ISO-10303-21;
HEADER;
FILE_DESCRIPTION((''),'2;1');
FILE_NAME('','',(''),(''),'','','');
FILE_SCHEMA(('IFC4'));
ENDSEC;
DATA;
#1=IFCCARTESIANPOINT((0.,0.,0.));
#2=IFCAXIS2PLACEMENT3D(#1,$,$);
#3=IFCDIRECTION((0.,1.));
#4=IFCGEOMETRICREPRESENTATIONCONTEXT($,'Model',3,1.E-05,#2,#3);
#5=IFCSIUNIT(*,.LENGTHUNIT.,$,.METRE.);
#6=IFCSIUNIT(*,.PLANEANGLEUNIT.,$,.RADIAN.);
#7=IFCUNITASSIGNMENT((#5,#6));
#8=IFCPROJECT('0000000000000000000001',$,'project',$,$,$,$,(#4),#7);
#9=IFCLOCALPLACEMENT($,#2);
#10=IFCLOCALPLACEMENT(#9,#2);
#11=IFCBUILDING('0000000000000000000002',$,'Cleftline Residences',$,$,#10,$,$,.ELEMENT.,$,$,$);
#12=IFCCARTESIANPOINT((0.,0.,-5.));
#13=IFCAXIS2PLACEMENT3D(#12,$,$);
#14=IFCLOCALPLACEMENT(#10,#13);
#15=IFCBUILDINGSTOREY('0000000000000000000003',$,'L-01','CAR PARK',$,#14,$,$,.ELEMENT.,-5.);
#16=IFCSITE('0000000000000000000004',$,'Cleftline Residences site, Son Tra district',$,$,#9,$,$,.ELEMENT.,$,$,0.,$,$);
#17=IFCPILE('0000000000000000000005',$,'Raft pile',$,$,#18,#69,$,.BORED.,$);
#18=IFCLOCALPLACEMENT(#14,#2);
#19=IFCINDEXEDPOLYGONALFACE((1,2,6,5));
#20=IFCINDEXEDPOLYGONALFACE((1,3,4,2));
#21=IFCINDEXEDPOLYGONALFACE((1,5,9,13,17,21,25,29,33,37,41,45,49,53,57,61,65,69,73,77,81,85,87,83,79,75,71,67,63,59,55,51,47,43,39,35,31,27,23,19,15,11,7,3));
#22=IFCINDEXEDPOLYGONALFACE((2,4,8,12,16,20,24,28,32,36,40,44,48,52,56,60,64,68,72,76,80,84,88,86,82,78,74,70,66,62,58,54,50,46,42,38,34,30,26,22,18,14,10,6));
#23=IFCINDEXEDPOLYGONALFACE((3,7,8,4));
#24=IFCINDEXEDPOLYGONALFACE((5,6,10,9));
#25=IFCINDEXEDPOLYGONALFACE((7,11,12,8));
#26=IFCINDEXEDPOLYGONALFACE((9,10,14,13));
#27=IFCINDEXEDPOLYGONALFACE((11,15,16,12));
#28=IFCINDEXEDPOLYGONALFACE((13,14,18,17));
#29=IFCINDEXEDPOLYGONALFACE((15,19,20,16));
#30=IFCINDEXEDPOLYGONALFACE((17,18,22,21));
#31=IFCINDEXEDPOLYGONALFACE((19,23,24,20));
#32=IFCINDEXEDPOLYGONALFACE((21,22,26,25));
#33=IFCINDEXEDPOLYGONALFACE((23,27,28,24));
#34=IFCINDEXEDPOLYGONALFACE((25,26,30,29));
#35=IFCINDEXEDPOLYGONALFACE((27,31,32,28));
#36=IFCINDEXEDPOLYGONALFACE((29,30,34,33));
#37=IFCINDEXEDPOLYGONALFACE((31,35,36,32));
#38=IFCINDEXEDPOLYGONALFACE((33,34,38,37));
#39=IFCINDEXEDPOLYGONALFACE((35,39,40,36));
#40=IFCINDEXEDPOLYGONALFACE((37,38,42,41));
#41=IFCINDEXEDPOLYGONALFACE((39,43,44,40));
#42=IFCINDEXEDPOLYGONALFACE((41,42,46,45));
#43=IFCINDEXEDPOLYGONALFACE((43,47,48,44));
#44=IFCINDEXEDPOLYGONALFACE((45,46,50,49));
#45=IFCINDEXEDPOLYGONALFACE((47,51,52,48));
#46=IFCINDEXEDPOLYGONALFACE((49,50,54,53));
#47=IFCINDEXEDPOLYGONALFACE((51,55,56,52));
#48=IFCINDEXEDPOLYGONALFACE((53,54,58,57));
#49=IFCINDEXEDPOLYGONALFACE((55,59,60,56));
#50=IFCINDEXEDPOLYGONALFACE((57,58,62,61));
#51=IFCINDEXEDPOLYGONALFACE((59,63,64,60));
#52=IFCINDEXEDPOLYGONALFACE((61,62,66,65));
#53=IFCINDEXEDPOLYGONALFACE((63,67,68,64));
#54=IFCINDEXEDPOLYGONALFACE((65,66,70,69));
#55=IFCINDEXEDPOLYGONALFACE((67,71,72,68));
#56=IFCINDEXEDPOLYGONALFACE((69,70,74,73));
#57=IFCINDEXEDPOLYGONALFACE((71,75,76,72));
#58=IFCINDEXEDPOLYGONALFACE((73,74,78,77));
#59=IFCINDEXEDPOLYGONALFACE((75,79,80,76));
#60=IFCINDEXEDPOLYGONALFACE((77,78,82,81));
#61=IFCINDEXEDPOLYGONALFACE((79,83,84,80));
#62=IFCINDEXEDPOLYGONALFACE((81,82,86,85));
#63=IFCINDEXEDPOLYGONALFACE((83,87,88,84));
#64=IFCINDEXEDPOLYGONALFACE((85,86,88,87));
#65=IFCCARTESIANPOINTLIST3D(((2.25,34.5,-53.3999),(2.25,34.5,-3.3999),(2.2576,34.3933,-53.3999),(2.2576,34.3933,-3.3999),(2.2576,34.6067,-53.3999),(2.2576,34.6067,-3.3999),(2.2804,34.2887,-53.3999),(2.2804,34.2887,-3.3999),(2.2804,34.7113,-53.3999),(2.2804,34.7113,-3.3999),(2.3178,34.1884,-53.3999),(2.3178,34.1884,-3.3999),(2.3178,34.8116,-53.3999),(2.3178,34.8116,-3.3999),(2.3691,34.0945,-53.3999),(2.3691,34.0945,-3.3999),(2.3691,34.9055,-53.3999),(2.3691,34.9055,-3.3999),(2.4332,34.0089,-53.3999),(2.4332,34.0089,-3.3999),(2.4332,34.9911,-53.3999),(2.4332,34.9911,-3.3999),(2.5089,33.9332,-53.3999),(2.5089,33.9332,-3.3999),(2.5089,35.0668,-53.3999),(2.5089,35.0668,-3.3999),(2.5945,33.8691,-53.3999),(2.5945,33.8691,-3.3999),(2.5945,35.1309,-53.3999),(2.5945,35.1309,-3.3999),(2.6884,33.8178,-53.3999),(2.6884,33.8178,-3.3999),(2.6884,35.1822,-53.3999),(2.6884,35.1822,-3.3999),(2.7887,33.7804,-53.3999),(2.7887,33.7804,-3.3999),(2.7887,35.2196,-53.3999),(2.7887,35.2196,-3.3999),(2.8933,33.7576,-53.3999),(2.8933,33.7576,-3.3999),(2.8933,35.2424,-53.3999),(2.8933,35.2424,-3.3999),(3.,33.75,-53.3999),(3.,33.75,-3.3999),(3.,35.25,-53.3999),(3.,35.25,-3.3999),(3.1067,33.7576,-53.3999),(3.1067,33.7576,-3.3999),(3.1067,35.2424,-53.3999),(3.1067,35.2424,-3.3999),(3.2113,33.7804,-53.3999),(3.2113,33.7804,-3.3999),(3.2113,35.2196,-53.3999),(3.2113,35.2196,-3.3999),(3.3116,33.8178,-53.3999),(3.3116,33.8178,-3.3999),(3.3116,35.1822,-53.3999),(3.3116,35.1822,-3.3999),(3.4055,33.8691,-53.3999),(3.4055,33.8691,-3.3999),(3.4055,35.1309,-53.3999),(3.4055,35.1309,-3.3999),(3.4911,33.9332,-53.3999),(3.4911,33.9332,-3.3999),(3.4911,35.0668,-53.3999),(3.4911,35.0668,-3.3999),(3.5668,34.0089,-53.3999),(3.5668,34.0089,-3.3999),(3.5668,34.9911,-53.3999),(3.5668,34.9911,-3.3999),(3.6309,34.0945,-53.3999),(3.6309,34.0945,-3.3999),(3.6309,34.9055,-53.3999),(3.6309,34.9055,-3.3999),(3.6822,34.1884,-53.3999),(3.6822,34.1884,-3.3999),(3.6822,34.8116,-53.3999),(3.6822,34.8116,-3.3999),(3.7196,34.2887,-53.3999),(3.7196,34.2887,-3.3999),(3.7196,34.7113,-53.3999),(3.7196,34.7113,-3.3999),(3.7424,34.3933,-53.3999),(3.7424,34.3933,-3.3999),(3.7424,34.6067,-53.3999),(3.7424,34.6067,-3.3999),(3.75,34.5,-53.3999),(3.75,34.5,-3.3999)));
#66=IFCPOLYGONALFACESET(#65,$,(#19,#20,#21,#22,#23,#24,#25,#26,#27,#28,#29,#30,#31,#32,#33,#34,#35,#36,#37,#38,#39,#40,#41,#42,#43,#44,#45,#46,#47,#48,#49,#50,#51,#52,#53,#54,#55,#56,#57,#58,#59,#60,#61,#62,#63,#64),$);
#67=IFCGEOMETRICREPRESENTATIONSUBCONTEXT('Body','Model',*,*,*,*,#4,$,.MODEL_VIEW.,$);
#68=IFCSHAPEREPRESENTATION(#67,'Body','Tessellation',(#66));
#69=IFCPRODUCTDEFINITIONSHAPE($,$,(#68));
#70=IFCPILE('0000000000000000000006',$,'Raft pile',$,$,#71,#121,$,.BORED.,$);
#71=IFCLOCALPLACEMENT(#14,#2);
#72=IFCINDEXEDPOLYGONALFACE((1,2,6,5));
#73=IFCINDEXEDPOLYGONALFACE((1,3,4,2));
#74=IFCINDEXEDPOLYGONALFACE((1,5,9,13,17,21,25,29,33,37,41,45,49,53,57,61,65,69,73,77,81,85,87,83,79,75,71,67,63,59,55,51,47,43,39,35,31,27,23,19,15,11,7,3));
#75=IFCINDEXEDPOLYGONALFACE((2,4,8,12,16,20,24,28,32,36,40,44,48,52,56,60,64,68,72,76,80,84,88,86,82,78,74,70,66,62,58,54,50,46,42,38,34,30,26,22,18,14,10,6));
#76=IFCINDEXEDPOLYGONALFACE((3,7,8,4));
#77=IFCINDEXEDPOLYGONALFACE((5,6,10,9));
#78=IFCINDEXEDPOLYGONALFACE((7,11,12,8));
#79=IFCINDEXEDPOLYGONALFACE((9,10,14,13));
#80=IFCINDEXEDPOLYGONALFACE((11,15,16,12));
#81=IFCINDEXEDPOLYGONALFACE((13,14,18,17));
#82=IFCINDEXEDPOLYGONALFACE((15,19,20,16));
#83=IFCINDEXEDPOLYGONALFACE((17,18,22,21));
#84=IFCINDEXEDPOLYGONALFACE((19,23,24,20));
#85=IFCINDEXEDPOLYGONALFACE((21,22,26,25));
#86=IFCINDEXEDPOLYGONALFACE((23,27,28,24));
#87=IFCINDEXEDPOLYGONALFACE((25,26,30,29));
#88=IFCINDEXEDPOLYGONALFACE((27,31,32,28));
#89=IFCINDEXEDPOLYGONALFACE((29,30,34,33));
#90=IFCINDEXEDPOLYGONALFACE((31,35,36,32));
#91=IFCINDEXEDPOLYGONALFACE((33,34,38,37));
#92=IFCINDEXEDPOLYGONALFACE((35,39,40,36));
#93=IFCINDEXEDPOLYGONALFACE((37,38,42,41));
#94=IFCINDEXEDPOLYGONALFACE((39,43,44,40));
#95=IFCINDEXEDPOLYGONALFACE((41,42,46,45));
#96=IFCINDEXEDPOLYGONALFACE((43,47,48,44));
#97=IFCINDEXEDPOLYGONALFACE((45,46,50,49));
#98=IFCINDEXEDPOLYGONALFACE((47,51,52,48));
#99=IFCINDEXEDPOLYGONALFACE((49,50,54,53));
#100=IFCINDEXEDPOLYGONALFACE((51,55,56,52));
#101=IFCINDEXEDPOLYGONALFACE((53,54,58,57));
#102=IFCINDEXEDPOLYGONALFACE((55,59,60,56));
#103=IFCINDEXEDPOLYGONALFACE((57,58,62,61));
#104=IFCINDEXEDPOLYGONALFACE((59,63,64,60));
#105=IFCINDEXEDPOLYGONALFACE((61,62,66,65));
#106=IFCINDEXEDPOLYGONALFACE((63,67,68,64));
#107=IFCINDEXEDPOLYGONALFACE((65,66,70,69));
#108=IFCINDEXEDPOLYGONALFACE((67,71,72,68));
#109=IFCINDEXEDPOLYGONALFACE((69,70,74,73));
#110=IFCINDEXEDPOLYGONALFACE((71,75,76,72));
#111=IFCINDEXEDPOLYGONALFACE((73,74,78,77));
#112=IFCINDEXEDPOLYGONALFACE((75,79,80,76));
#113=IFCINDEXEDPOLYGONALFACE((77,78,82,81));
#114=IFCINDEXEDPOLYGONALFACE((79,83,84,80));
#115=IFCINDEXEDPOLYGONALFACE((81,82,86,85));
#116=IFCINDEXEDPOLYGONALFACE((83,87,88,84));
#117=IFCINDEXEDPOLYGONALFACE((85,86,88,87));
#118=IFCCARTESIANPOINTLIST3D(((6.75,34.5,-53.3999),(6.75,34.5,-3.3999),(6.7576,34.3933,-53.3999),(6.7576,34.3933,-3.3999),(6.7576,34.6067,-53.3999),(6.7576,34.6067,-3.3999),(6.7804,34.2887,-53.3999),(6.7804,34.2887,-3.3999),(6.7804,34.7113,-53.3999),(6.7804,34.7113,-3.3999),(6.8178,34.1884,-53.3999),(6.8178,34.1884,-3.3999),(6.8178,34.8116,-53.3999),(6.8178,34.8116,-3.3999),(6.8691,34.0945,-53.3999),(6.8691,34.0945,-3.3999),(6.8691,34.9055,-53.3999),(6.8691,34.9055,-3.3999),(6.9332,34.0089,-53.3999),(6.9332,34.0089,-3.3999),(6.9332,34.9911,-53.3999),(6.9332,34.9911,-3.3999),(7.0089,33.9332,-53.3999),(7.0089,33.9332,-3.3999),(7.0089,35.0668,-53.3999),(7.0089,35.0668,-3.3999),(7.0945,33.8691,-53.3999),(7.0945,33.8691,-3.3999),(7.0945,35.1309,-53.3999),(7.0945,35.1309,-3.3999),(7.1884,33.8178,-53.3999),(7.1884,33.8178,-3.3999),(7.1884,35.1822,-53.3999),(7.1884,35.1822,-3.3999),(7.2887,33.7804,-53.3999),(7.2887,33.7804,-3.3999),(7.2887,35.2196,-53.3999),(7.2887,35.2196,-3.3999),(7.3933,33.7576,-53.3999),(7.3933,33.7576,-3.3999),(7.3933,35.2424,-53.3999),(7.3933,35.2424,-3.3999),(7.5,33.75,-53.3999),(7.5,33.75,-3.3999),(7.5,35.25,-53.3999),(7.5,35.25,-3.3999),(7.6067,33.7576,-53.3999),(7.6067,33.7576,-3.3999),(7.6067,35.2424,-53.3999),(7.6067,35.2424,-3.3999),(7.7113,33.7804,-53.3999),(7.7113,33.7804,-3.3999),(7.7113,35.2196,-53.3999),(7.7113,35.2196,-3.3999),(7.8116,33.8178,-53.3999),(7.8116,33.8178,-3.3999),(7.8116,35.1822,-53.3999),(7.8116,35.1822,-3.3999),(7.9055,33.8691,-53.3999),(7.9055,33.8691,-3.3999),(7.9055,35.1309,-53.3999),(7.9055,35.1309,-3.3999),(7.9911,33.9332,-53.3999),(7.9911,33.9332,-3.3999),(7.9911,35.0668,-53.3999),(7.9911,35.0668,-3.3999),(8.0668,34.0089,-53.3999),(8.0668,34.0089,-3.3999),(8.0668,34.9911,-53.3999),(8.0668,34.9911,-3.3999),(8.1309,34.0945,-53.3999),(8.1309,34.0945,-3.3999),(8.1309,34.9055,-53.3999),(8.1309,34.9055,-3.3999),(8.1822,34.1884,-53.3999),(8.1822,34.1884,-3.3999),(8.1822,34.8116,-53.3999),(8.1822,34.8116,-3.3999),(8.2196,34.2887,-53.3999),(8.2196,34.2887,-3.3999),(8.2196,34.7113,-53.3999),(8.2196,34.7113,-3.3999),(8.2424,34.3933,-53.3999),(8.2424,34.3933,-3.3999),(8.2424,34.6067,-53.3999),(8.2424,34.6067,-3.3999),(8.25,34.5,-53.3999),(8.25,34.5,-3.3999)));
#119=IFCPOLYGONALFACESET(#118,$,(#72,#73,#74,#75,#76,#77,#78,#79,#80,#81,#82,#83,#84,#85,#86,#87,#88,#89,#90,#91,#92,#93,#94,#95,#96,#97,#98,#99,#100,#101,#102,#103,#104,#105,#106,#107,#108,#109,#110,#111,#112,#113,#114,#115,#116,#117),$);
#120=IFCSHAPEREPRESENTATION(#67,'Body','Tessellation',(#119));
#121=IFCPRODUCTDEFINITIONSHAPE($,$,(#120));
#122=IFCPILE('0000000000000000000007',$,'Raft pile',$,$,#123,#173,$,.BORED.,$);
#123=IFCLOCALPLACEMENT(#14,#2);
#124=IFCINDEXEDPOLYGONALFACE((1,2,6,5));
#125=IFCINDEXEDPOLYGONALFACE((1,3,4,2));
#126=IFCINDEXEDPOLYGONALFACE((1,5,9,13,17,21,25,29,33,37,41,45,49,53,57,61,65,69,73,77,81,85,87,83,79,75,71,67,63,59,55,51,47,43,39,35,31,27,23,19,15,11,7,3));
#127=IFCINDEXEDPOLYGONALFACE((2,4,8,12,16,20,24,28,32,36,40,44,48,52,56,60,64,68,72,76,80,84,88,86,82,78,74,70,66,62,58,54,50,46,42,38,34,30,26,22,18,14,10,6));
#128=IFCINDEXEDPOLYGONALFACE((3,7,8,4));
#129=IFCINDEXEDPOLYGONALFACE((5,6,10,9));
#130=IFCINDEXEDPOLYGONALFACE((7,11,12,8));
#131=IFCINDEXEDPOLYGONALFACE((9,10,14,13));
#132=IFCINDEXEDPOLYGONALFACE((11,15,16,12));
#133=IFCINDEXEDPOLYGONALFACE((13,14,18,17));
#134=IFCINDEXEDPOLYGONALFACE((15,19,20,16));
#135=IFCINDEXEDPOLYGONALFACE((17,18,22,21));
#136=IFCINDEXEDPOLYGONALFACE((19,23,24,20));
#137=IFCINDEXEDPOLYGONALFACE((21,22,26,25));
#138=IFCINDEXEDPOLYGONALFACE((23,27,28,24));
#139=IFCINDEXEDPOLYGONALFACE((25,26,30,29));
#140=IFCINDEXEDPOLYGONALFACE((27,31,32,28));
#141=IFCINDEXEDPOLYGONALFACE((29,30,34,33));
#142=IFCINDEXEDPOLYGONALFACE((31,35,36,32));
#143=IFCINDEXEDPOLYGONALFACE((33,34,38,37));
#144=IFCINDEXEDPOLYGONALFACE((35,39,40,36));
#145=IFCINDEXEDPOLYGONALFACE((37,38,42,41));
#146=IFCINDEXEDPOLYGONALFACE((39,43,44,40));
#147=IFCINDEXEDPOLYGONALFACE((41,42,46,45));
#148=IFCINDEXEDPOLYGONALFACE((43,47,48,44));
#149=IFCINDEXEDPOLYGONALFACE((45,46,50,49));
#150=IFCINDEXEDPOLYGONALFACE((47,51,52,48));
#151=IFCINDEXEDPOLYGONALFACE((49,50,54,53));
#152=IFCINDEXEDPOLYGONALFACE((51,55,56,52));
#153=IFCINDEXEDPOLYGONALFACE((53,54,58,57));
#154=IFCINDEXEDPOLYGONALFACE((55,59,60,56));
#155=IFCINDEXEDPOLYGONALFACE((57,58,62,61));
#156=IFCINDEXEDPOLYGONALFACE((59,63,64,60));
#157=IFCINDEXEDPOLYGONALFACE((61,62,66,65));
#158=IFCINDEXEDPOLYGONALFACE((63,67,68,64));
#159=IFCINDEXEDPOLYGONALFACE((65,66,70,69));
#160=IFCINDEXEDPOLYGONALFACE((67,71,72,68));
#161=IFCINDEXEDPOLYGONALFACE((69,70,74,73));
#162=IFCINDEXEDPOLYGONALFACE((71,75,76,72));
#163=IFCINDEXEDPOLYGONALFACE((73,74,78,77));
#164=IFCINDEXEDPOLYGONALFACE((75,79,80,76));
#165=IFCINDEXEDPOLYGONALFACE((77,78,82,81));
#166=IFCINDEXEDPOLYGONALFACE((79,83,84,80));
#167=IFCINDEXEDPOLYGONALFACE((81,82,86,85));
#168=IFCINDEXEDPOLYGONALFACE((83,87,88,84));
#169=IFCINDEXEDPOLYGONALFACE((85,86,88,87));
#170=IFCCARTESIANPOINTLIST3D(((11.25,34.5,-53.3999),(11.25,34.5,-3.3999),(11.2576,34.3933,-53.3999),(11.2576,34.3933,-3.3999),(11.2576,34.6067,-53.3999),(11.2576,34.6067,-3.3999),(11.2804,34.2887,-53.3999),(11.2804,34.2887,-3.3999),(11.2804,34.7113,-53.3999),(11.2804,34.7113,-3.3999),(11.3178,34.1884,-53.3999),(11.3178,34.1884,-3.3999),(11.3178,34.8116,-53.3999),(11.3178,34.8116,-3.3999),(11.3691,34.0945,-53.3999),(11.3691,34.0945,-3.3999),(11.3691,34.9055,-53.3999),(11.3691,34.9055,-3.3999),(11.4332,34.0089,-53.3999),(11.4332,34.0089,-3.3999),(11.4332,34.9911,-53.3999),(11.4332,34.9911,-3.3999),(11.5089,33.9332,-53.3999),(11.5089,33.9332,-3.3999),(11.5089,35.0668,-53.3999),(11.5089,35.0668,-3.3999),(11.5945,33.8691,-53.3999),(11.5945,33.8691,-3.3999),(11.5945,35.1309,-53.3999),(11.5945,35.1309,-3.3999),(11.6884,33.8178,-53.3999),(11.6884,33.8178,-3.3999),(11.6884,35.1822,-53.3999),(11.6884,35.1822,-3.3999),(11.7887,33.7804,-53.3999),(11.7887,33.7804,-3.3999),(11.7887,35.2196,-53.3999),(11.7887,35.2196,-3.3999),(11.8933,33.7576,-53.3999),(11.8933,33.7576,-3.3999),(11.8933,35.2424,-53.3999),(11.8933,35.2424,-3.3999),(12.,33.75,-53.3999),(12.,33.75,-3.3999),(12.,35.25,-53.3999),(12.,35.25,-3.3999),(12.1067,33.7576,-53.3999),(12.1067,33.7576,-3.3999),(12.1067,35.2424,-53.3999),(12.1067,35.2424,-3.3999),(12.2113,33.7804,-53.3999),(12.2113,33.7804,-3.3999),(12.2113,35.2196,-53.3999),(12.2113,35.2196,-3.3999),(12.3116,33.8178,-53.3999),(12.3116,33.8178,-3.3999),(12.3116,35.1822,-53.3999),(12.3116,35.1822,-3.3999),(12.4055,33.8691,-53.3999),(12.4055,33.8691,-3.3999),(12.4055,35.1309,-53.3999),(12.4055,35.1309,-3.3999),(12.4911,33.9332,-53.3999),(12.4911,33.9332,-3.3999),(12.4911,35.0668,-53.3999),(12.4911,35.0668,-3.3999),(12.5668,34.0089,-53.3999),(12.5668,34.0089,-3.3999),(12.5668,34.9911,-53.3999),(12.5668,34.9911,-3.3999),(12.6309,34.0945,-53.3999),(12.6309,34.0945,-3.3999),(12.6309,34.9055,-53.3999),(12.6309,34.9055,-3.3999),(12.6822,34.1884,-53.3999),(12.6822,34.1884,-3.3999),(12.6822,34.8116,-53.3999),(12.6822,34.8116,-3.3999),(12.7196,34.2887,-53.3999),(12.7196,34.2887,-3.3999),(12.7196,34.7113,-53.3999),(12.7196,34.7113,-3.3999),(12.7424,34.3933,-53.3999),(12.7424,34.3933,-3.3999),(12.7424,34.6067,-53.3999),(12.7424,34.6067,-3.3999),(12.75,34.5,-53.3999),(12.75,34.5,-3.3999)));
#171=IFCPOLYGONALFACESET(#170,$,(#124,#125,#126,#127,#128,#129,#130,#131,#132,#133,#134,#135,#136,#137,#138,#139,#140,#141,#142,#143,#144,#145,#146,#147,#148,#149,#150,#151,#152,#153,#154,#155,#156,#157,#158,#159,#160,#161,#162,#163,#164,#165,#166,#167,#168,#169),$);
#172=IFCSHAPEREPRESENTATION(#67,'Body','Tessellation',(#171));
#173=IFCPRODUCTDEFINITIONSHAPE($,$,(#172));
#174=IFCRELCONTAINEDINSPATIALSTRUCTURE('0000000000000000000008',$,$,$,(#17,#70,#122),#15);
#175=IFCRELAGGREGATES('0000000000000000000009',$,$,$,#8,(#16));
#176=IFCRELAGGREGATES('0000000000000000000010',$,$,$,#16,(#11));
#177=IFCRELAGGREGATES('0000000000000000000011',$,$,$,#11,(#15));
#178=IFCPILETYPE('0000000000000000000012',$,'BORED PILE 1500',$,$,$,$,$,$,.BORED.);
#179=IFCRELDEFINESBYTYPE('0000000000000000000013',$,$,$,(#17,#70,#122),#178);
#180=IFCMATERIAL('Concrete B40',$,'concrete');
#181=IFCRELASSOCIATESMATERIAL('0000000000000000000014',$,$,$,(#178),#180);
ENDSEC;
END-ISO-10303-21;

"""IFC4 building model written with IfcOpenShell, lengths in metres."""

from ifc_helpers import new_model, si_unit, direction, frame, origin, origin_2d, place, context, subcontext, project, spatial, circle, extrude, material, material_profile, profile_set, type_object, element, save


model = new_model("IFC4")

# Units and contexts
model_context = context("Model", 3, precision=1e-05, world=origin(), true_north=direction((0.0, 1.0)))
body_context = subcontext(model_context, "Body", "Model", "MODEL_VIEW")
ifc_project = project(units=[si_unit("LENGTHUNIT", "METRE"), si_unit("PLANEANGLEUNIT", "RADIAN")], contexts=[model_context])

# Site, building, storey
site_placement = place(None, origin())
site = spatial("IfcSite", under=ifc_project, at=site_placement, Name="Cleftline Residences site, Son Tra district", CompositionType="ELEMENT", RefElevation=0.0)
building_placement = place(site_placement, origin())
building = spatial("IfcBuilding", under=site, at=building_placement, Name="Cleftline Residences", CompositionType="ELEMENT")
storey_placement = place(building_placement, frame((0.0, 0.0, -5.0)))
storey = spatial("IfcBuildingStorey", under=building, at=storey_placement, Name="L-01", Description="CAR PARK", CompositionType="ELEMENT", Elevation=-5.0)

# Piles
ifc_material_1 = material(Name="Concrete B40", Category="concrete")
ifc_material_profile_1 = material_profile(ifc_material_1, circle(Radius=0.75, at=origin_2d()))
ifc_profile_set_1 = profile_set([ifc_material_profile_1], Name="Concrete B40")
pile_type_1 = type_object("IfcPileType", Name="BORED PILE 1500", PredefinedType="BORED", material=ifc_profile_set_1)
for number, where, z_axis, x_axis, name in (
    (1, (3.0, 34.5, -3.3999), (0.0, 0.0, -1.0), (1.0, 0.0, 0.0), "Raft pile"),
    (2, (7.5, 34.5, -3.3999), (0.0, 0.0, -1.0), (1.0, 0.0, 0.0), "Raft pile"),
    (3, (12.0, 34.5, -3.3999), (0.0, 0.0, -1.0), (1.0, 0.0, 0.0), "Raft pile"),
):
    element("IfcPile", number, at=place(storey_placement, frame(where, z_axis=z_axis, x_axis=x_axis)), inside=storey, type_object=pile_type_1, Name=name, PredefinedType="BORED", context=body_context, shape_type="SweptSolid", body=[
        extrude(circle(Radius=0.75, at=origin_2d()), origin(), (0.0, 0.0, 1.0), 50.0),
    ])

save(model, "model.ifc")
